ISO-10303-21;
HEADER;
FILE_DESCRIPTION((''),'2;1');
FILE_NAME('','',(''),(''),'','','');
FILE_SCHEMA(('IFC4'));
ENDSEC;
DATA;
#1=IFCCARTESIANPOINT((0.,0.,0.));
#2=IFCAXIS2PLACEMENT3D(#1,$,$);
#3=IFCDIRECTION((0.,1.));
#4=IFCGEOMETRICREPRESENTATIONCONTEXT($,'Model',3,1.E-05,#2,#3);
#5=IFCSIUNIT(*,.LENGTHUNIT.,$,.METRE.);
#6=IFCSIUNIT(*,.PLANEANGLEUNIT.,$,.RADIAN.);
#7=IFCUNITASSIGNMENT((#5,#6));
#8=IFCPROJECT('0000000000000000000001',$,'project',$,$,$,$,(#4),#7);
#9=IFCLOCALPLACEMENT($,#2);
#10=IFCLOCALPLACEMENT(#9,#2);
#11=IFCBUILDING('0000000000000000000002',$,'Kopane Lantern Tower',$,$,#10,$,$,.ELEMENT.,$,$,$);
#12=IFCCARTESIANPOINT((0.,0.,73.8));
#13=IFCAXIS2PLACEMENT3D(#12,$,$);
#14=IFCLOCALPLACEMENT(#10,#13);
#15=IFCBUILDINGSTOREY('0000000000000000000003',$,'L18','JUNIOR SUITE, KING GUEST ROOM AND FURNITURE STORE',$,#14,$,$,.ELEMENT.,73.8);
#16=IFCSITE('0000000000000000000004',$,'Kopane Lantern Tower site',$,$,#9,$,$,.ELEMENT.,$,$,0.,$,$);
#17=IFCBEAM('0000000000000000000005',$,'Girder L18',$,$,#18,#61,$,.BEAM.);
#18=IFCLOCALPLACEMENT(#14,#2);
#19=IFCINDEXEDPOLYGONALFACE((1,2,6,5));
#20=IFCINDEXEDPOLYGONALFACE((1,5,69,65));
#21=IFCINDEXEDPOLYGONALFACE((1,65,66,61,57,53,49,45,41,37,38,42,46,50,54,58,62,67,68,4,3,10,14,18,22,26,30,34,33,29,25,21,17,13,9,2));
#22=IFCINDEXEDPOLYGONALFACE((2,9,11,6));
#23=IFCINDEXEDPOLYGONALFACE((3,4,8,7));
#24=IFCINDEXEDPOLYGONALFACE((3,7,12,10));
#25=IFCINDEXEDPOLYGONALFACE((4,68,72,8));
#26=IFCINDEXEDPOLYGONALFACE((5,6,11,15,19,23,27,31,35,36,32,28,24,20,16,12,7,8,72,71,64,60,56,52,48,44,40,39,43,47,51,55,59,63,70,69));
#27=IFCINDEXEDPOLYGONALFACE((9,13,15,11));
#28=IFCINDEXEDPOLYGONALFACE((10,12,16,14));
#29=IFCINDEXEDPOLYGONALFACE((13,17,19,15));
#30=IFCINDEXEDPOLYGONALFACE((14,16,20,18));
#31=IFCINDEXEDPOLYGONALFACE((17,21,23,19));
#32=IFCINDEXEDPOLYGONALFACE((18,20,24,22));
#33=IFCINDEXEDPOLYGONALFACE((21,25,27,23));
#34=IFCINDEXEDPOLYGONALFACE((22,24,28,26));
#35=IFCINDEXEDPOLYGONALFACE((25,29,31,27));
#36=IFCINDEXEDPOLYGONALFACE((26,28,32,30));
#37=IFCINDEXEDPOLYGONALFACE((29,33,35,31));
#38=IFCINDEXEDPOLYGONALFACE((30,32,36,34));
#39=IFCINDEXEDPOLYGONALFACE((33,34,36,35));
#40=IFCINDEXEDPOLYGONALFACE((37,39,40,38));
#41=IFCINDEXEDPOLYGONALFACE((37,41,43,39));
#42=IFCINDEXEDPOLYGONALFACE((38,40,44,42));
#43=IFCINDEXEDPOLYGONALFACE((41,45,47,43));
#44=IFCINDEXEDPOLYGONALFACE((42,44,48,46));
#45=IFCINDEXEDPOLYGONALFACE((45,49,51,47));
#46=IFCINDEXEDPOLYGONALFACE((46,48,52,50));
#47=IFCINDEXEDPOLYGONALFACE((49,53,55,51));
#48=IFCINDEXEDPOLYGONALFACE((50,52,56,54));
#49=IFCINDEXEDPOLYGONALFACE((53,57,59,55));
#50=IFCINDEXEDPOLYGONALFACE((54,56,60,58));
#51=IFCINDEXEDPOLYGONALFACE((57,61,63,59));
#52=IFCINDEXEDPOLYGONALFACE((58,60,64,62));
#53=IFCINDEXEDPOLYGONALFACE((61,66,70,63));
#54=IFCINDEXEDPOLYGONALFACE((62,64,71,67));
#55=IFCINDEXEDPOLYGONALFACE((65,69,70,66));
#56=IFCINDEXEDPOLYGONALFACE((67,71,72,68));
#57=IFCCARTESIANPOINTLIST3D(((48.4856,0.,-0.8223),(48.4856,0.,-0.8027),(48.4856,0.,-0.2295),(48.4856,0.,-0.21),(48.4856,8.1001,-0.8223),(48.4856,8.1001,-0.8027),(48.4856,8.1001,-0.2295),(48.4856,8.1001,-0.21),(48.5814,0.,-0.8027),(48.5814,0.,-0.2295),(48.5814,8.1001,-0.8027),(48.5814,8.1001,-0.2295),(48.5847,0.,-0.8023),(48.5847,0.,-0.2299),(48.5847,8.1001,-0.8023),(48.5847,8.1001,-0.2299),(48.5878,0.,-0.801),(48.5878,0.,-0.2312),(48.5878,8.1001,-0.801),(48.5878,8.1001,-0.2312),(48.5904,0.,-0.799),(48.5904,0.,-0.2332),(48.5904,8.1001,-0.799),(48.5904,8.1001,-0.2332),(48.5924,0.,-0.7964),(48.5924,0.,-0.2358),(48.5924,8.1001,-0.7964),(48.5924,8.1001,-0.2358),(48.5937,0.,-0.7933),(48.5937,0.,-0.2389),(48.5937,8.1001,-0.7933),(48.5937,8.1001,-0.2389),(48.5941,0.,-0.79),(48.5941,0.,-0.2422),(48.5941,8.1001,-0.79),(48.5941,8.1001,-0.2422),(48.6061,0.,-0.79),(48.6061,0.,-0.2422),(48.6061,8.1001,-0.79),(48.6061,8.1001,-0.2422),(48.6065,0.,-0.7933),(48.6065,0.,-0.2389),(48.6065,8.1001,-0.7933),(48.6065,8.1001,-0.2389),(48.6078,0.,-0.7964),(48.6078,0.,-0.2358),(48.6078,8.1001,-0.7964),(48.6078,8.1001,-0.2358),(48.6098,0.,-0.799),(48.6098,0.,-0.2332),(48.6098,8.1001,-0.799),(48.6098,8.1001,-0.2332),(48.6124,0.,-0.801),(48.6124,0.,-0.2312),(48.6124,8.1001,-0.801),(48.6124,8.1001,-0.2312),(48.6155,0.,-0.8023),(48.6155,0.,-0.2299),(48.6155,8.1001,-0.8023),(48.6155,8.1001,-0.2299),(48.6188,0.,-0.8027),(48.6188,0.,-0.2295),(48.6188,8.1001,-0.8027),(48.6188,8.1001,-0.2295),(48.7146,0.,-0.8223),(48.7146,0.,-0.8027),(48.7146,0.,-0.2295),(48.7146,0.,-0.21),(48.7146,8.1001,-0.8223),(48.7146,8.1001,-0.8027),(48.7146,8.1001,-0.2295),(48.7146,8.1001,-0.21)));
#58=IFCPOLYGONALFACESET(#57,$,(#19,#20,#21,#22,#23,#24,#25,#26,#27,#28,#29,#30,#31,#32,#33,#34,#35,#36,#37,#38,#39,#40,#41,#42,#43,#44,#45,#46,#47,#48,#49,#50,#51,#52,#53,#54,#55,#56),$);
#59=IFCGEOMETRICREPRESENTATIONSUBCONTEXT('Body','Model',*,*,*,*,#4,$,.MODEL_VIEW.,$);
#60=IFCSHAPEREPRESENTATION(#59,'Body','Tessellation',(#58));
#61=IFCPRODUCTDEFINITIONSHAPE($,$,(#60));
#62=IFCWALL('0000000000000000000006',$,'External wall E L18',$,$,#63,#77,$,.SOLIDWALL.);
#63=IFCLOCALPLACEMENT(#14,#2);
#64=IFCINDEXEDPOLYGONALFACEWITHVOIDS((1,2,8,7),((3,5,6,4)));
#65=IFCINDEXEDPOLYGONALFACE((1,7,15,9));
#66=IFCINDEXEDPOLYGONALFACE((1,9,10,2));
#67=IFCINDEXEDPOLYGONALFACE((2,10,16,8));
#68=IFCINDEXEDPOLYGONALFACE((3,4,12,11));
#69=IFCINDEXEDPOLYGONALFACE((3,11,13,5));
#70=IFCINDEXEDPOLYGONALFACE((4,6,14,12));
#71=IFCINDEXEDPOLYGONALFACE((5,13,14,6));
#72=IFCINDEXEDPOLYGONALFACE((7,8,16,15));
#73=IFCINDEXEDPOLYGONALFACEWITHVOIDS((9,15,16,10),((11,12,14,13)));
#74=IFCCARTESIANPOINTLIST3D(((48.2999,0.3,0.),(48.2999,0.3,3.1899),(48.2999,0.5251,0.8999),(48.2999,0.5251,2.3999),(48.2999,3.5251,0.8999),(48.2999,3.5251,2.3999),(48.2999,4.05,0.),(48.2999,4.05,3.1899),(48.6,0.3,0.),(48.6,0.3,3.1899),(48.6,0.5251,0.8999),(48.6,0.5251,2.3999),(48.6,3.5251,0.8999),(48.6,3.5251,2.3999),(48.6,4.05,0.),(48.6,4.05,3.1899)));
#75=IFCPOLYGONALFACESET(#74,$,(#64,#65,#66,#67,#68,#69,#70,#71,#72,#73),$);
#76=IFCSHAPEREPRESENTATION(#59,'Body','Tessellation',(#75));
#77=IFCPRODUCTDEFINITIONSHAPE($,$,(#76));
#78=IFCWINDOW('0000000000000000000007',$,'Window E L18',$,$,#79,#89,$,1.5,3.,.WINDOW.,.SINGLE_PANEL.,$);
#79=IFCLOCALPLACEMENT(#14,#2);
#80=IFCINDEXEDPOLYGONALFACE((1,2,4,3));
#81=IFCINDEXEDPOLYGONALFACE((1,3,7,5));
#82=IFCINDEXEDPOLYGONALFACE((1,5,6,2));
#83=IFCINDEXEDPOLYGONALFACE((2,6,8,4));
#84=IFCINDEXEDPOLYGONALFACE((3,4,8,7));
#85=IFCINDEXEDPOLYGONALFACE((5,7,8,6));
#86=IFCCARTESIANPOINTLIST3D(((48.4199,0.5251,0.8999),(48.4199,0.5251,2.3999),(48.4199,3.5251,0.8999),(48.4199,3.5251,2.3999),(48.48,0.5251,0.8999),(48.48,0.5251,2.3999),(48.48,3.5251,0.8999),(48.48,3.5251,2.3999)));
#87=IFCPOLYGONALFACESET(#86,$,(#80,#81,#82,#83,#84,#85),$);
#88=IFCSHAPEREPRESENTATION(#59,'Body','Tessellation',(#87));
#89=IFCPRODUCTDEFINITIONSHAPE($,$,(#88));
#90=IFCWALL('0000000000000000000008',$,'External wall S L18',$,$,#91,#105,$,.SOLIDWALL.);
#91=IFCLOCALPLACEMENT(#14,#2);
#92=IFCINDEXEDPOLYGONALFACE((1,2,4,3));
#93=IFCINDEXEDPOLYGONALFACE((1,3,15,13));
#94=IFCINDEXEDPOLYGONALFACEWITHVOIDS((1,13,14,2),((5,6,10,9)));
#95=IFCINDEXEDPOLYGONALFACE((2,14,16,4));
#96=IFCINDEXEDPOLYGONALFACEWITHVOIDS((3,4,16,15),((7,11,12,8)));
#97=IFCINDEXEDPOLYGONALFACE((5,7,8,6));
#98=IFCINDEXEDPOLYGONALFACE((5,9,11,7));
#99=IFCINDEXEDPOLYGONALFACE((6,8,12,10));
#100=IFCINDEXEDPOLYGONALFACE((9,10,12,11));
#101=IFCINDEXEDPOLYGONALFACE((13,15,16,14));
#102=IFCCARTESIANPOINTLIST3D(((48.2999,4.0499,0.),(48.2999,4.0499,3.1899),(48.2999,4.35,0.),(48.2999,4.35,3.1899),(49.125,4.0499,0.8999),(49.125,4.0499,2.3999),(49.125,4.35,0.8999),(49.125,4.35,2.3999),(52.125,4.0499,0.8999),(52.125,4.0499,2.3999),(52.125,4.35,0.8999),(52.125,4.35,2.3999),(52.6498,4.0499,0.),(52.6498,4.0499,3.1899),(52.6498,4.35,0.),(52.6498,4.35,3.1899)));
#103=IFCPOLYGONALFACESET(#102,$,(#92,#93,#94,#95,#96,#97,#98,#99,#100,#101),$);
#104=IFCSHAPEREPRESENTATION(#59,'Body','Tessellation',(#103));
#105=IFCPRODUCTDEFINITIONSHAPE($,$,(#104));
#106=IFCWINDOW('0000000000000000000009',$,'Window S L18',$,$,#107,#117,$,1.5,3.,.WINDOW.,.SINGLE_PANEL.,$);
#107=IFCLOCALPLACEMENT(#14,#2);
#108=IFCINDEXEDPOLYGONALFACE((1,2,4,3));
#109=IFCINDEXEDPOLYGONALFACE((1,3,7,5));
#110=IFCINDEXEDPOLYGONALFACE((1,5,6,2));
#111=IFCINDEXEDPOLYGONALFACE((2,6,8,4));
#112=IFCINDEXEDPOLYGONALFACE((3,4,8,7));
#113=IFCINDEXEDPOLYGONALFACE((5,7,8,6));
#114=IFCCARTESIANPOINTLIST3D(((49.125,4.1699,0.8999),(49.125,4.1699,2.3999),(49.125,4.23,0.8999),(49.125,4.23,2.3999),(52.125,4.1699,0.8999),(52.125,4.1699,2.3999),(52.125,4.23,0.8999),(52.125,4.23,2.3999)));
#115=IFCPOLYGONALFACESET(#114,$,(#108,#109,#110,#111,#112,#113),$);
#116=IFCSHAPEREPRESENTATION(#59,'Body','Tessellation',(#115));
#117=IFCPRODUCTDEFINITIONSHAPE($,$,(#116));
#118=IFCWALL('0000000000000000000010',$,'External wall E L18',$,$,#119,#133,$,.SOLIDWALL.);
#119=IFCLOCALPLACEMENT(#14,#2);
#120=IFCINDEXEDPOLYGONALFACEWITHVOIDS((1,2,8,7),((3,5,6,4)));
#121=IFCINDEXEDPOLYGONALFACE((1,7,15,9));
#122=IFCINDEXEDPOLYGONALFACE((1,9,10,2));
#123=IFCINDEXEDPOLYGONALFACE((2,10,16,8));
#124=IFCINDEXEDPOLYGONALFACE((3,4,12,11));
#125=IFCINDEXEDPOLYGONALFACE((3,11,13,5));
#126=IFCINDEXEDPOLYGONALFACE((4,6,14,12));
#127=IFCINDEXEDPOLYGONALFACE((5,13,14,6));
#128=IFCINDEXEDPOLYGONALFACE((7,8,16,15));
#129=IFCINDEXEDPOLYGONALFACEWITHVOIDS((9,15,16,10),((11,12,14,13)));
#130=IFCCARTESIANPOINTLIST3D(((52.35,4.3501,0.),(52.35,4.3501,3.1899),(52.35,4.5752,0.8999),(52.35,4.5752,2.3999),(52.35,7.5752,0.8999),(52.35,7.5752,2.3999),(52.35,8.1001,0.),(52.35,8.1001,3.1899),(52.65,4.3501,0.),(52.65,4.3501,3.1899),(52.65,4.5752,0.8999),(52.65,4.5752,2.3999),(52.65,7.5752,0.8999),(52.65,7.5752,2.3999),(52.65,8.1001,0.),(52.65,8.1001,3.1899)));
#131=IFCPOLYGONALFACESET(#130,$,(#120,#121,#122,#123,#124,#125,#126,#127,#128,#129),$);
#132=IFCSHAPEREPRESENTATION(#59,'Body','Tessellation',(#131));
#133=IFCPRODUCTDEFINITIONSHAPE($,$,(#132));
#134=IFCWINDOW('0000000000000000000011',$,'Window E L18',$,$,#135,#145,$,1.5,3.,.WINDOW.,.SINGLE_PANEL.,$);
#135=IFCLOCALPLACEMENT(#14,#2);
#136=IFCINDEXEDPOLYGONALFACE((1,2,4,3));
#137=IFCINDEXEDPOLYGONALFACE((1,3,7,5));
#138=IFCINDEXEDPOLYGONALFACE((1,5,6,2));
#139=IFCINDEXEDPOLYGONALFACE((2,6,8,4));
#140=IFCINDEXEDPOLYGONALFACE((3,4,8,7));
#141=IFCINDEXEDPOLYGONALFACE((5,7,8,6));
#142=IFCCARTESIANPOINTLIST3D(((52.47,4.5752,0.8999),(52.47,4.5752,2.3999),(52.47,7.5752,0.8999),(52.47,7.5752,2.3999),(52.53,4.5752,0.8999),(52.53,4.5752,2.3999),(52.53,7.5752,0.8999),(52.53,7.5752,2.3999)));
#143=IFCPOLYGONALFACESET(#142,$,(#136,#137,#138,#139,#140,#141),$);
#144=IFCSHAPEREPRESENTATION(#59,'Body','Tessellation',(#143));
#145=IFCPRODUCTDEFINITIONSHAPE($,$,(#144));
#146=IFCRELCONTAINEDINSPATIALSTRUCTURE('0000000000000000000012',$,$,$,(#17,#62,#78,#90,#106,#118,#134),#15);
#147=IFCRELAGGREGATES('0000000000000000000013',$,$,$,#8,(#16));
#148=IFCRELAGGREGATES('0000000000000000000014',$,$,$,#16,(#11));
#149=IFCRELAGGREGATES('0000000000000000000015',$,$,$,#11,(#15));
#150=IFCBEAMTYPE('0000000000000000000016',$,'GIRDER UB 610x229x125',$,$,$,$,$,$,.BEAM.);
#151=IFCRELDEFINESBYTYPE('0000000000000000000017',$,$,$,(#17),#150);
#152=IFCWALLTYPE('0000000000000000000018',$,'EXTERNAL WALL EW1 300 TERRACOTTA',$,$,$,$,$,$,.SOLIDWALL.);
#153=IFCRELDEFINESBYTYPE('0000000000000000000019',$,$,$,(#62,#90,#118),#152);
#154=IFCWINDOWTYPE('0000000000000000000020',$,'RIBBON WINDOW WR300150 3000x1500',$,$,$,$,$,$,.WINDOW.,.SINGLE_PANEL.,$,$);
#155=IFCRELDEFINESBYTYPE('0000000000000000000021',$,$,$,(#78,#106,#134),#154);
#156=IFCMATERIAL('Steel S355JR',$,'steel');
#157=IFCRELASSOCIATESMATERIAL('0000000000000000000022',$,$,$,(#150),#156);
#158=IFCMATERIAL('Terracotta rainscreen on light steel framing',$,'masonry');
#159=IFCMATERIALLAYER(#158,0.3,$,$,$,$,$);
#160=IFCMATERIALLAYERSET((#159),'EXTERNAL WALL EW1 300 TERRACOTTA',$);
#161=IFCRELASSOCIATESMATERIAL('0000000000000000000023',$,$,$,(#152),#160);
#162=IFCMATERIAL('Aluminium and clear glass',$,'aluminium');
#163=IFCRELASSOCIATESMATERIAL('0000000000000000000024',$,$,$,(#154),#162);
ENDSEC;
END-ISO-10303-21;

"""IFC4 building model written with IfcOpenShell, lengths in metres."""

from ifc_helpers import new_model, si_unit, direction, frame, frame_2d, origin, origin_2d, place, context, subcontext, project, spatial, rectangle, i_section, extrude, material, layer, layer_set, material_profile, profile_set, type_object, element, fill, save


model = new_model("IFC4")

# Units and contexts
model_context = context("Model", 3, precision=1e-05, world=origin(), true_north=direction((0.0, 1.0)))
body_context = subcontext(model_context, "Body", "Model", "MODEL_VIEW")
ifc_project = project(units=[si_unit("LENGTHUNIT", "METRE"), si_unit("PLANEANGLEUNIT", "RADIAN")], contexts=[model_context])

# Site, building, storey
site_placement = place(None, origin())
site = spatial("IfcSite", under=ifc_project, at=site_placement, Name="Kopane Lantern Tower site", CompositionType="ELEMENT", RefElevation=0.0)
building_placement = place(site_placement, origin())
building = spatial("IfcBuilding", under=site, at=building_placement, Name="Kopane Lantern Tower", CompositionType="ELEMENT")
storey_placement = place(building_placement, frame((0.0, 0.0, 73.8)))
storey = spatial("IfcBuildingStorey", under=building, at=storey_placement, Name="L18", Description="JUNIOR SUITE, KING GUEST ROOM AND FURNITURE STORE", CompositionType="ELEMENT", Elevation=73.8)

# Beam
ifc_material_1 = material(Name="Steel S355JR", Category="steel")
ifc_material_profile_1 = material_profile(ifc_material_1, i_section(OverallWidth=0.229, OverallDepth=0.6123, WebThickness=0.012, FlangeThickness=0.0195, FilletRadius=0.0127, at=origin_2d()), Name="UB 610x229x125")
ifc_profile_set_1 = profile_set([ifc_material_profile_1], Name="Steel S355JR")
beam_type_1 = type_object("IfcBeamType", Name="GIRDER UB 610x229x125", PredefinedType="BEAM", material=ifc_profile_set_1)
beam_1_placement = place(storey_placement, frame((48.6001, 0.0, -0.5161), z_axis=(0.0, 1.0, 0.0), x_axis=(-1.0, 0.0, 0.0)))
element("IfcBeam", 1, at=beam_1_placement, inside=storey, type_object=beam_type_1, Name="Girder L18", PredefinedType="BEAM", context=body_context, shape_type="SweptSolid", body=[
    extrude(i_section(OverallWidth=0.229, OverallDepth=0.6123, WebThickness=0.012, FlangeThickness=0.0195, FilletRadius=0.0127, at=origin_2d()), origin(), (0.0, 0.0, 1.0), 8.1001),
])

# Walls, openings, windows
ifc_material_2 = material(Name="Terracotta rainscreen on light steel framing", Category="masonry")
ifc_layer = layer(ifc_material_2, 0.3)
ifc_layer_set = layer_set([ifc_layer], Name="EXTERNAL WALL EW1 300 TERRACOTTA")
wall_type = type_object("IfcWallType", Name="EXTERNAL WALL EW1 300 TERRACOTTA", PredefinedType="SOLIDWALL", material=ifc_layer_set)
wall_1_placement = place(storey_placement, frame((48.45, 0.3, 0.0), z_axis=(0.0, 0.0, 1.0), x_axis=(0.0, 1.0, 0.0)))
wall_1 = element("IfcWall", 2, at=wall_1_placement, inside=storey, type_object=wall_type, Name="External wall E L18", PredefinedType="SOLIDWALL", context=body_context, shape_type="SweptSolid", body=[
    extrude(rectangle(XDim=3.75, YDim=0.3, at=frame_2d((1.875, 0.0))), origin(), (0.0, 0.0, 1.0), 3.1899),
])
opening_1_placement = place(wall_1_placement, frame((0.2251, 0.0, 0.8999)))
opening_1 = element("IfcOpeningElement", 3, at=opening_1_placement, cuts=wall_1, PredefinedType="OPENING", context=body_context, shape_type="SweptSolid", body=[
    extrude(rectangle(XDim=3.0, YDim=1.5, at=frame_2d((1.5, 0.75))), frame((0.0, 0.1599, 0.0), z_axis=(0.0, -1.0, 0.0), x_axis=(1.0, 0.0, 0.0)), (0.0, 0.0, 1.0), 0.3201),
])
ifc_material_3 = material(Name="Aluminium and clear glass", Category="aluminium")
window_type = type_object("IfcWindowType", Name="RIBBON WINDOW WR300150 3000x1500", PartitioningType="SINGLE_PANEL", PredefinedType="WINDOW", material=ifc_material_3)
window_1_placement = place(opening_1_placement, origin())
window_1 = element("IfcWindow", 4, at=window_1_placement, inside=storey, type_object=window_type, Name="Window E L18", OverallHeight=1.5, OverallWidth=3.0, PartitioningType="SINGLE_PANEL", PredefinedType="WINDOW", context=body_context, shape_type="SweptSolid", body=[
    extrude(rectangle(XDim=3.0, YDim=1.5, at=frame_2d((1.5, 0.75))), frame((0.0, 0.03, 0.0), z_axis=(0.0, -1.0, 0.0), x_axis=(1.0, 0.0, 0.0)), (0.0, 0.0, 1.0), 0.0601),
])
fill(opening_1, window_1)
wall_2_placement = place(storey_placement, frame((48.3, 4.2, 0.0), z_axis=(0.0, 0.0, 1.0), x_axis=(1.0, 0.0, 0.0)))
wall_2 = element("IfcWall", 5, at=wall_2_placement, inside=storey, type_object=wall_type, Name="External wall S L18", PredefinedType="SOLIDWALL", context=body_context, shape_type="SweptSolid", body=[
    extrude(rectangle(XDim=4.3499, YDim=0.3, at=frame_2d((2.1748, 0.0))), origin(), (0.0, 0.0, 1.0), 3.1899),
])
opening_2_placement = place(wall_2_placement, frame((0.825, 0.0, 0.8999)))
opening_2 = element("IfcOpeningElement", 6, at=opening_2_placement, cuts=wall_2, PredefinedType="OPENING", context=body_context, shape_type="SweptSolid", body=[
    extrude(rectangle(XDim=3.0, YDim=1.5, at=frame_2d((1.5, 0.75))), frame((0.0, 0.1599, 0.0), z_axis=(0.0, -1.0, 0.0), x_axis=(1.0, 0.0, 0.0)), (0.0, 0.0, 1.0), 0.3201),
])
window_2_placement = place(opening_2_placement, origin())
window_2 = element("IfcWindow", 7, at=window_2_placement, inside=storey, type_object=window_type, Name="Window S L18", OverallHeight=1.5, OverallWidth=3.0, PartitioningType="SINGLE_PANEL", PredefinedType="WINDOW", context=body_context, shape_type="SweptSolid", body=[
    extrude(rectangle(XDim=3.0, YDim=1.5, at=frame_2d((1.5, 0.75))), frame((0.0, 0.03, 0.0), z_axis=(0.0, -1.0, 0.0), x_axis=(1.0, 0.0, 0.0)), (0.0, 0.0, 1.0), 0.0601),
])
fill(opening_2, window_2)
wall_3_placement = place(storey_placement, frame((52.5, 4.3501, 0.0), z_axis=(0.0, 0.0, 1.0), x_axis=(0.0, 1.0, 0.0)))
wall_3 = element("IfcWall", 8, at=wall_3_placement, inside=storey, type_object=wall_type, Name="External wall E L18", PredefinedType="SOLIDWALL", context=body_context, shape_type="SweptSolid", body=[
    extrude(rectangle(XDim=3.75, YDim=0.3, at=frame_2d((1.875, 0.0))), origin(), (0.0, 0.0, 1.0), 3.1899),
])
opening_3_placement = place(wall_3_placement, frame((0.2251, 0.0, 0.8999)))
opening_3 = element("IfcOpeningElement", 9, at=opening_3_placement, cuts=wall_3, PredefinedType="OPENING", context=body_context, shape_type="SweptSolid", body=[
    extrude(rectangle(XDim=3.0, YDim=1.5, at=frame_2d((1.5, 0.75))), frame((0.0, 0.1599, 0.0), z_axis=(0.0, -1.0, 0.0), x_axis=(1.0, 0.0, 0.0)), (0.0, 0.0, 1.0), 0.3201),
])
window_3_placement = place(opening_3_placement, origin())
window_3 = element("IfcWindow", 10, at=window_3_placement, inside=storey, type_object=window_type, Name="Window E L18", OverallHeight=1.5, OverallWidth=3.0, PartitioningType="SINGLE_PANEL", PredefinedType="WINDOW", context=body_context, shape_type="SweptSolid", body=[
    extrude(rectangle(XDim=3.0, YDim=1.5, at=frame_2d((1.5, 0.75))), frame((0.0, 0.03, 0.0), z_axis=(0.0, -1.0, 0.0), x_axis=(1.0, 0.0, 0.0)), (0.0, 0.0, 1.0), 0.0601),
])
fill(opening_3, window_3)

save(model, "model.ifc")
